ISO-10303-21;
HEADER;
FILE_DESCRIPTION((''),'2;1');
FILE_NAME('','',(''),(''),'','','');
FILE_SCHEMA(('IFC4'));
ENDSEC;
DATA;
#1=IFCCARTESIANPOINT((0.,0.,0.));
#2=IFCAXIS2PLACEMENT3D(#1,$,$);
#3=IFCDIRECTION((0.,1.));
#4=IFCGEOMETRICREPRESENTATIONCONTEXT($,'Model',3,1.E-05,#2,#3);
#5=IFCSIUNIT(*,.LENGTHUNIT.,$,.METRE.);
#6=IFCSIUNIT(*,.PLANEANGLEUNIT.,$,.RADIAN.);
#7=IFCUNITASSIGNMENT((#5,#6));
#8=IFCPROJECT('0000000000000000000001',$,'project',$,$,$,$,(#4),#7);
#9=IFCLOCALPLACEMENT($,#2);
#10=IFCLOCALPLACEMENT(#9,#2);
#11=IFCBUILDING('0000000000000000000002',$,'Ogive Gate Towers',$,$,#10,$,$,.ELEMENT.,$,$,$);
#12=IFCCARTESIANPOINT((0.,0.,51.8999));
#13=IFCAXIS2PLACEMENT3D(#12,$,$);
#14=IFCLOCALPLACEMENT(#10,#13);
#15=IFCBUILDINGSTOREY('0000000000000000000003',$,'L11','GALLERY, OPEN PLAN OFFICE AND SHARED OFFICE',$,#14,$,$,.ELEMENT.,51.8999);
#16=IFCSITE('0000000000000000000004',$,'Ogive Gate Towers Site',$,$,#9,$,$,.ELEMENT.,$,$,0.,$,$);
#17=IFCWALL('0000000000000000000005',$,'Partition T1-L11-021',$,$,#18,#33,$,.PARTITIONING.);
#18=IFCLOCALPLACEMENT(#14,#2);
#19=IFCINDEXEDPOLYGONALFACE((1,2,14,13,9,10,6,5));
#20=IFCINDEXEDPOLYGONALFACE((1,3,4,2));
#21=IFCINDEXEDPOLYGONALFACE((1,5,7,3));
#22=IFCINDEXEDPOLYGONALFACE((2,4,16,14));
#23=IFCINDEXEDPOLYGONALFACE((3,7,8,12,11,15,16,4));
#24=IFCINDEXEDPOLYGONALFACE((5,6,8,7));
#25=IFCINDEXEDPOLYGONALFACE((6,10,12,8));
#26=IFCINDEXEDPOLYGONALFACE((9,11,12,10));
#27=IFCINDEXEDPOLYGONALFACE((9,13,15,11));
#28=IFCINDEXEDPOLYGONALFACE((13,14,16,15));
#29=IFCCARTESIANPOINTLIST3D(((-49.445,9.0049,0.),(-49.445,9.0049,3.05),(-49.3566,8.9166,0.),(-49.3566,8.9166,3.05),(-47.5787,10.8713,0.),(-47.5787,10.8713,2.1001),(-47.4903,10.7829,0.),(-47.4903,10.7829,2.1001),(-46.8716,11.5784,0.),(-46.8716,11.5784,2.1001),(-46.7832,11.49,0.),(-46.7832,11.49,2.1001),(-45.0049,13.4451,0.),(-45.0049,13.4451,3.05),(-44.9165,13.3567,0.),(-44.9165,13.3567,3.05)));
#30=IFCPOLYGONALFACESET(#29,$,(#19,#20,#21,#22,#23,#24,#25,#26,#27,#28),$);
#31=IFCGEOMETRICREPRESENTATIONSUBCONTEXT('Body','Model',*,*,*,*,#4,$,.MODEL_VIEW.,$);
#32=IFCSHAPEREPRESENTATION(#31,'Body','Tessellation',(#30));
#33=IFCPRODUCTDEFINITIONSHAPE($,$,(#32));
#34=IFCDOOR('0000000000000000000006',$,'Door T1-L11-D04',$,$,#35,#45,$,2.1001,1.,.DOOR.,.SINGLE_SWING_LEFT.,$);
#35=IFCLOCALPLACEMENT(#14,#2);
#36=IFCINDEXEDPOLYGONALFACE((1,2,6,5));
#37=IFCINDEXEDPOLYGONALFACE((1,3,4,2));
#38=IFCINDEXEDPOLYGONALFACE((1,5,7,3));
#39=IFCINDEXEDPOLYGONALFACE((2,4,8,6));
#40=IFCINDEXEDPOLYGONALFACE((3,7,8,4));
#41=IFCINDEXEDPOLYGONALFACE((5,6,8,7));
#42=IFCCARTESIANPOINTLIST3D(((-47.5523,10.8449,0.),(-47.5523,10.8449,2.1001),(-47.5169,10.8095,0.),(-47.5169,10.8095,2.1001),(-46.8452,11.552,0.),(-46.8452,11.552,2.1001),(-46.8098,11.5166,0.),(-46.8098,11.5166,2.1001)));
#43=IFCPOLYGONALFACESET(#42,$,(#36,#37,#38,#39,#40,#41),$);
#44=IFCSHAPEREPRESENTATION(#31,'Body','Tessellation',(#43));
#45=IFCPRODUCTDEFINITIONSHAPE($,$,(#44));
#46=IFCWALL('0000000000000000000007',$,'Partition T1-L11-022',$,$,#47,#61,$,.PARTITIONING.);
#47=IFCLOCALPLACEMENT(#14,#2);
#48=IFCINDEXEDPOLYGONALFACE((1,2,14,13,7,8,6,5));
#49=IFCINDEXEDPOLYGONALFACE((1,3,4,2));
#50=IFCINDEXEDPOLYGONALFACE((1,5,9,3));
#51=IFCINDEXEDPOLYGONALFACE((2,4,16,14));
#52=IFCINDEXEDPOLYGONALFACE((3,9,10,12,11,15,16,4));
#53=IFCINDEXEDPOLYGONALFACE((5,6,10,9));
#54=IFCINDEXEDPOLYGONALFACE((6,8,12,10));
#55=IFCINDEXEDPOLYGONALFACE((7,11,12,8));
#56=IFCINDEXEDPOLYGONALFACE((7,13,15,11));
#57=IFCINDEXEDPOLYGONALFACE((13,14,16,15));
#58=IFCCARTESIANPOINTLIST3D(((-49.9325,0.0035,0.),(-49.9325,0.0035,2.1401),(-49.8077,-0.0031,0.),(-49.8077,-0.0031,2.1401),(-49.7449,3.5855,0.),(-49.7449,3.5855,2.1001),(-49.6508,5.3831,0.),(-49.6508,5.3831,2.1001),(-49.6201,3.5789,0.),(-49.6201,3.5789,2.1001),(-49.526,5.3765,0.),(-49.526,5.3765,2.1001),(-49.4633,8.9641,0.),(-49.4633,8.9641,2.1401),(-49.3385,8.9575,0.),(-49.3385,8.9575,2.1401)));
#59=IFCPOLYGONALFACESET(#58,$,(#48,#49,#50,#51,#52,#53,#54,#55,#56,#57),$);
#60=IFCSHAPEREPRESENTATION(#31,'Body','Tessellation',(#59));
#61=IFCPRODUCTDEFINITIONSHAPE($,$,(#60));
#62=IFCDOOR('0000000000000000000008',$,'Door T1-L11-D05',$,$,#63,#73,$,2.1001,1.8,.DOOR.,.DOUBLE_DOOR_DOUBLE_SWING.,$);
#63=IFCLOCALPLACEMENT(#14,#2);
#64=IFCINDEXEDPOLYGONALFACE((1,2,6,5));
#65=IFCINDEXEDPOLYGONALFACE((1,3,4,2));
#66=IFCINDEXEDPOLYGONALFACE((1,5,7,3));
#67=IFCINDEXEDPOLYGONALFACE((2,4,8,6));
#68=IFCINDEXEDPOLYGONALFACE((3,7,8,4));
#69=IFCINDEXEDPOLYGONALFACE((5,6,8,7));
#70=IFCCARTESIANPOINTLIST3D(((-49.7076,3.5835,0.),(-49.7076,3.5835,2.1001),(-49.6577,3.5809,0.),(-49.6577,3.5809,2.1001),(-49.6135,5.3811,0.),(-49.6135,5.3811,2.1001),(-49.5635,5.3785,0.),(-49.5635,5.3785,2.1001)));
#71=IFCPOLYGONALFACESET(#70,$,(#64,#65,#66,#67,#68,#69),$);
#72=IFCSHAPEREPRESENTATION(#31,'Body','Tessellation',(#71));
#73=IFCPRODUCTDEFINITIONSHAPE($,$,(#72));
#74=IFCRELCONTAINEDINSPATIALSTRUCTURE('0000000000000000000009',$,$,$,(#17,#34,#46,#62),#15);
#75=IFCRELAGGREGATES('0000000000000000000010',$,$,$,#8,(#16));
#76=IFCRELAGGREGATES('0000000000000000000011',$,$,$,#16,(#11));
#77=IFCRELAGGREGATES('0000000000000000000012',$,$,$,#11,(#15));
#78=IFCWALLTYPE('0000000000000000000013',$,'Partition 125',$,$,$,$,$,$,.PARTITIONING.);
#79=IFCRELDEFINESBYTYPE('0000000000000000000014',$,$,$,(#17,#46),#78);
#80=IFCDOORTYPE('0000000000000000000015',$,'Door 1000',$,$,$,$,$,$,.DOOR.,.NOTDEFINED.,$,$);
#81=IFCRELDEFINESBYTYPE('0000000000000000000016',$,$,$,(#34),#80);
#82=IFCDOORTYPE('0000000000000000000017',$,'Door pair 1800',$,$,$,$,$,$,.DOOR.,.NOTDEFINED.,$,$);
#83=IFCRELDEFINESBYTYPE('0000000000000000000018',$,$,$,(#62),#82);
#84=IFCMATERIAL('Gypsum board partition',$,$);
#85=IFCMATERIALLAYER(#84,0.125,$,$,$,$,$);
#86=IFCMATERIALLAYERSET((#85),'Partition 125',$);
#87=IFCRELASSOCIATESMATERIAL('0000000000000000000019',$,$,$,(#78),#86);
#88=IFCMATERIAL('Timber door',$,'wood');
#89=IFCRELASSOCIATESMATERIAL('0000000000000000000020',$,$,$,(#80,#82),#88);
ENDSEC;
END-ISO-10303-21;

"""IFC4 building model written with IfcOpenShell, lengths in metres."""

from ifc_helpers import new_model, si_unit, direction, frame, frame_2d, origin, place, context, subcontext, project, spatial, rectangle, extrude, material, layer, layer_set, type_object, element, fill, save


model = new_model("IFC4")

# Units and contexts
model_context = context("Model", 3, precision=1e-05, world=origin(), true_north=direction((0.0, 1.0)))
body_context = subcontext(model_context, "Body", "Model", "MODEL_VIEW")
ifc_project = project(units=[si_unit("LENGTHUNIT", "METRE"), si_unit("PLANEANGLEUNIT", "RADIAN")], contexts=[model_context])

# Site, building, storey
site_placement = place(None, origin())
site = spatial("IfcSite", under=ifc_project, at=site_placement, Name="Ogive Gate Towers Site", CompositionType="ELEMENT", RefElevation=0.0)
building_placement = place(site_placement, origin())
building = spatial("IfcBuilding", under=site, at=building_placement, Name="Ogive Gate Towers", CompositionType="ELEMENT")
storey_placement = place(building_placement, frame((0.0, 0.0, 51.8999)))
storey = spatial("IfcBuildingStorey", under=building, at=storey_placement, Name="L11", Description="GALLERY, OPEN PLAN OFFICE AND SHARED OFFICE", CompositionType="ELEMENT", Elevation=51.8999)

# Shared definitions
ifc_material_1 = material(Name="Gypsum board partition")
ifc_layer_1 = layer(ifc_material_1, 0.125)
ifc_layer_set_1 = layer_set([ifc_layer_1], Name="Partition 125")
wall_type_1 = type_object("IfcWallType", Name="Partition 125", PredefinedType="PARTITIONING", material=ifc_layer_set_1)

# Walls, openings, doors
wall_1_placement = place(storey_placement, frame((-44.9607, 13.4009, 0.0), z_axis=(0.0, 0.0, 1.0), x_axis=(-0.707107, -0.707107, 0.0)))
wall_1 = element("IfcWall", 1, at=wall_1_placement, inside=storey, type_object=wall_type_1, Name="Partition T1-L11-021", PredefinedType="PARTITIONING", context=body_context, shape_type="SweptSolid", body=[
    extrude(rectangle(XDim=6.2793, YDim=0.125, at=frame_2d((3.1396, 0.0))), origin(), (0.0, 0.0, 1.0), 3.05),
])
opening_1_placement = place(wall_1_placement, frame((2.6399, 0.0, 0.0)))
opening_1 = element("IfcOpeningElement", 2, at=opening_1_placement, cuts=wall_1, PredefinedType="OPENING", context=body_context, shape_type="SweptSolid", body=[
    extrude(rectangle(XDim=1.0, YDim=2.1001, at=frame_2d((0.5, 1.05))), frame((0.0, 0.0725, 0.0), z_axis=(0.0, -1.0, 0.0), x_axis=(1.0, 0.0, 0.0)), (0.0, 0.0, 1.0), 0.145),
])
ifc_material_2 = material(Name="Timber door", Category="wood")
door_type_1 = type_object("IfcDoorType", Name="Door 1000", OperationType="NOTDEFINED", PredefinedType="DOOR", material=ifc_material_2)
door_1_placement = place(opening_1_placement, origin())
door_1 = element("IfcDoor", 3, at=door_1_placement, inside=storey, type_object=door_type_1, Name="Door T1-L11-D04", OperationType="SINGLE_SWING_LEFT", OverallHeight=2.1001, OverallWidth=1.0, PredefinedType="DOOR", context=body_context, shape_type="SweptSolid", body=[
    extrude(rectangle(XDim=1.0, YDim=2.1001, at=frame_2d((0.5, 1.05))), frame((0.0, 0.0249, 0.0), z_axis=(0.0, -1.0, 0.0), x_axis=(1.0, 0.0, 0.0)), (0.0, 0.0, 1.0), 0.05),
])
fill(opening_1, door_1)
wall_2_placement = place(storey_placement, frame((-49.4009, 8.9607, 0.0), z_axis=(0.0, 0.0, 1.0), x_axis=(-0.052295, -0.998632, 0.0)))
wall_2 = element("IfcWall", 4, at=wall_2_placement, inside=storey, type_object=wall_type_1, Name="Partition T1-L11-022", PredefinedType="PARTITIONING", context=body_context, shape_type="SweptSolid", body=[
    extrude(rectangle(XDim=8.9729, YDim=0.125, at=frame_2d((4.4863, 0.0))), origin(), (0.0, 0.0, 1.0), 2.1401),
])
opening_2_placement = place(wall_2_placement, frame((3.5859, 0.0, 0.0)))
opening_2 = element("IfcOpeningElement", 5, at=opening_2_placement, cuts=wall_2, PredefinedType="OPENING", context=body_context, shape_type="SweptSolid", body=[
    extrude(rectangle(XDim=1.8, YDim=2.1001, at=frame_2d((0.8999, 1.05))), frame((0.0, 0.0725, 0.0), z_axis=(0.0, -1.0, 0.0), x_axis=(1.0, 0.0, 0.0)), (0.0, 0.0, 1.0), 0.145),
])
door_type_2 = type_object("IfcDoorType", Name="Door pair 1800", OperationType="NOTDEFINED", PredefinedType="DOOR", material=ifc_material_2)
door_2_placement = place(opening_2_placement, origin())
door_2 = element("IfcDoor", 6, at=door_2_placement, inside=storey, type_object=door_type_2, Name="Door T1-L11-D05", OperationType="DOUBLE_DOOR_DOUBLE_SWING", OverallHeight=2.1001, OverallWidth=1.8, PredefinedType="DOOR", context=body_context, shape_type="SweptSolid", body=[
    extrude(rectangle(XDim=1.8, YDim=2.1001, at=frame_2d((0.8999, 1.05))), frame((0.0, 0.0249, 0.0), z_axis=(0.0, -1.0, 0.0), x_axis=(1.0, 0.0, 0.0)), (0.0, 0.0, 1.0), 0.05),
])
fill(opening_2, door_2)

save(model, "model.ifc")
